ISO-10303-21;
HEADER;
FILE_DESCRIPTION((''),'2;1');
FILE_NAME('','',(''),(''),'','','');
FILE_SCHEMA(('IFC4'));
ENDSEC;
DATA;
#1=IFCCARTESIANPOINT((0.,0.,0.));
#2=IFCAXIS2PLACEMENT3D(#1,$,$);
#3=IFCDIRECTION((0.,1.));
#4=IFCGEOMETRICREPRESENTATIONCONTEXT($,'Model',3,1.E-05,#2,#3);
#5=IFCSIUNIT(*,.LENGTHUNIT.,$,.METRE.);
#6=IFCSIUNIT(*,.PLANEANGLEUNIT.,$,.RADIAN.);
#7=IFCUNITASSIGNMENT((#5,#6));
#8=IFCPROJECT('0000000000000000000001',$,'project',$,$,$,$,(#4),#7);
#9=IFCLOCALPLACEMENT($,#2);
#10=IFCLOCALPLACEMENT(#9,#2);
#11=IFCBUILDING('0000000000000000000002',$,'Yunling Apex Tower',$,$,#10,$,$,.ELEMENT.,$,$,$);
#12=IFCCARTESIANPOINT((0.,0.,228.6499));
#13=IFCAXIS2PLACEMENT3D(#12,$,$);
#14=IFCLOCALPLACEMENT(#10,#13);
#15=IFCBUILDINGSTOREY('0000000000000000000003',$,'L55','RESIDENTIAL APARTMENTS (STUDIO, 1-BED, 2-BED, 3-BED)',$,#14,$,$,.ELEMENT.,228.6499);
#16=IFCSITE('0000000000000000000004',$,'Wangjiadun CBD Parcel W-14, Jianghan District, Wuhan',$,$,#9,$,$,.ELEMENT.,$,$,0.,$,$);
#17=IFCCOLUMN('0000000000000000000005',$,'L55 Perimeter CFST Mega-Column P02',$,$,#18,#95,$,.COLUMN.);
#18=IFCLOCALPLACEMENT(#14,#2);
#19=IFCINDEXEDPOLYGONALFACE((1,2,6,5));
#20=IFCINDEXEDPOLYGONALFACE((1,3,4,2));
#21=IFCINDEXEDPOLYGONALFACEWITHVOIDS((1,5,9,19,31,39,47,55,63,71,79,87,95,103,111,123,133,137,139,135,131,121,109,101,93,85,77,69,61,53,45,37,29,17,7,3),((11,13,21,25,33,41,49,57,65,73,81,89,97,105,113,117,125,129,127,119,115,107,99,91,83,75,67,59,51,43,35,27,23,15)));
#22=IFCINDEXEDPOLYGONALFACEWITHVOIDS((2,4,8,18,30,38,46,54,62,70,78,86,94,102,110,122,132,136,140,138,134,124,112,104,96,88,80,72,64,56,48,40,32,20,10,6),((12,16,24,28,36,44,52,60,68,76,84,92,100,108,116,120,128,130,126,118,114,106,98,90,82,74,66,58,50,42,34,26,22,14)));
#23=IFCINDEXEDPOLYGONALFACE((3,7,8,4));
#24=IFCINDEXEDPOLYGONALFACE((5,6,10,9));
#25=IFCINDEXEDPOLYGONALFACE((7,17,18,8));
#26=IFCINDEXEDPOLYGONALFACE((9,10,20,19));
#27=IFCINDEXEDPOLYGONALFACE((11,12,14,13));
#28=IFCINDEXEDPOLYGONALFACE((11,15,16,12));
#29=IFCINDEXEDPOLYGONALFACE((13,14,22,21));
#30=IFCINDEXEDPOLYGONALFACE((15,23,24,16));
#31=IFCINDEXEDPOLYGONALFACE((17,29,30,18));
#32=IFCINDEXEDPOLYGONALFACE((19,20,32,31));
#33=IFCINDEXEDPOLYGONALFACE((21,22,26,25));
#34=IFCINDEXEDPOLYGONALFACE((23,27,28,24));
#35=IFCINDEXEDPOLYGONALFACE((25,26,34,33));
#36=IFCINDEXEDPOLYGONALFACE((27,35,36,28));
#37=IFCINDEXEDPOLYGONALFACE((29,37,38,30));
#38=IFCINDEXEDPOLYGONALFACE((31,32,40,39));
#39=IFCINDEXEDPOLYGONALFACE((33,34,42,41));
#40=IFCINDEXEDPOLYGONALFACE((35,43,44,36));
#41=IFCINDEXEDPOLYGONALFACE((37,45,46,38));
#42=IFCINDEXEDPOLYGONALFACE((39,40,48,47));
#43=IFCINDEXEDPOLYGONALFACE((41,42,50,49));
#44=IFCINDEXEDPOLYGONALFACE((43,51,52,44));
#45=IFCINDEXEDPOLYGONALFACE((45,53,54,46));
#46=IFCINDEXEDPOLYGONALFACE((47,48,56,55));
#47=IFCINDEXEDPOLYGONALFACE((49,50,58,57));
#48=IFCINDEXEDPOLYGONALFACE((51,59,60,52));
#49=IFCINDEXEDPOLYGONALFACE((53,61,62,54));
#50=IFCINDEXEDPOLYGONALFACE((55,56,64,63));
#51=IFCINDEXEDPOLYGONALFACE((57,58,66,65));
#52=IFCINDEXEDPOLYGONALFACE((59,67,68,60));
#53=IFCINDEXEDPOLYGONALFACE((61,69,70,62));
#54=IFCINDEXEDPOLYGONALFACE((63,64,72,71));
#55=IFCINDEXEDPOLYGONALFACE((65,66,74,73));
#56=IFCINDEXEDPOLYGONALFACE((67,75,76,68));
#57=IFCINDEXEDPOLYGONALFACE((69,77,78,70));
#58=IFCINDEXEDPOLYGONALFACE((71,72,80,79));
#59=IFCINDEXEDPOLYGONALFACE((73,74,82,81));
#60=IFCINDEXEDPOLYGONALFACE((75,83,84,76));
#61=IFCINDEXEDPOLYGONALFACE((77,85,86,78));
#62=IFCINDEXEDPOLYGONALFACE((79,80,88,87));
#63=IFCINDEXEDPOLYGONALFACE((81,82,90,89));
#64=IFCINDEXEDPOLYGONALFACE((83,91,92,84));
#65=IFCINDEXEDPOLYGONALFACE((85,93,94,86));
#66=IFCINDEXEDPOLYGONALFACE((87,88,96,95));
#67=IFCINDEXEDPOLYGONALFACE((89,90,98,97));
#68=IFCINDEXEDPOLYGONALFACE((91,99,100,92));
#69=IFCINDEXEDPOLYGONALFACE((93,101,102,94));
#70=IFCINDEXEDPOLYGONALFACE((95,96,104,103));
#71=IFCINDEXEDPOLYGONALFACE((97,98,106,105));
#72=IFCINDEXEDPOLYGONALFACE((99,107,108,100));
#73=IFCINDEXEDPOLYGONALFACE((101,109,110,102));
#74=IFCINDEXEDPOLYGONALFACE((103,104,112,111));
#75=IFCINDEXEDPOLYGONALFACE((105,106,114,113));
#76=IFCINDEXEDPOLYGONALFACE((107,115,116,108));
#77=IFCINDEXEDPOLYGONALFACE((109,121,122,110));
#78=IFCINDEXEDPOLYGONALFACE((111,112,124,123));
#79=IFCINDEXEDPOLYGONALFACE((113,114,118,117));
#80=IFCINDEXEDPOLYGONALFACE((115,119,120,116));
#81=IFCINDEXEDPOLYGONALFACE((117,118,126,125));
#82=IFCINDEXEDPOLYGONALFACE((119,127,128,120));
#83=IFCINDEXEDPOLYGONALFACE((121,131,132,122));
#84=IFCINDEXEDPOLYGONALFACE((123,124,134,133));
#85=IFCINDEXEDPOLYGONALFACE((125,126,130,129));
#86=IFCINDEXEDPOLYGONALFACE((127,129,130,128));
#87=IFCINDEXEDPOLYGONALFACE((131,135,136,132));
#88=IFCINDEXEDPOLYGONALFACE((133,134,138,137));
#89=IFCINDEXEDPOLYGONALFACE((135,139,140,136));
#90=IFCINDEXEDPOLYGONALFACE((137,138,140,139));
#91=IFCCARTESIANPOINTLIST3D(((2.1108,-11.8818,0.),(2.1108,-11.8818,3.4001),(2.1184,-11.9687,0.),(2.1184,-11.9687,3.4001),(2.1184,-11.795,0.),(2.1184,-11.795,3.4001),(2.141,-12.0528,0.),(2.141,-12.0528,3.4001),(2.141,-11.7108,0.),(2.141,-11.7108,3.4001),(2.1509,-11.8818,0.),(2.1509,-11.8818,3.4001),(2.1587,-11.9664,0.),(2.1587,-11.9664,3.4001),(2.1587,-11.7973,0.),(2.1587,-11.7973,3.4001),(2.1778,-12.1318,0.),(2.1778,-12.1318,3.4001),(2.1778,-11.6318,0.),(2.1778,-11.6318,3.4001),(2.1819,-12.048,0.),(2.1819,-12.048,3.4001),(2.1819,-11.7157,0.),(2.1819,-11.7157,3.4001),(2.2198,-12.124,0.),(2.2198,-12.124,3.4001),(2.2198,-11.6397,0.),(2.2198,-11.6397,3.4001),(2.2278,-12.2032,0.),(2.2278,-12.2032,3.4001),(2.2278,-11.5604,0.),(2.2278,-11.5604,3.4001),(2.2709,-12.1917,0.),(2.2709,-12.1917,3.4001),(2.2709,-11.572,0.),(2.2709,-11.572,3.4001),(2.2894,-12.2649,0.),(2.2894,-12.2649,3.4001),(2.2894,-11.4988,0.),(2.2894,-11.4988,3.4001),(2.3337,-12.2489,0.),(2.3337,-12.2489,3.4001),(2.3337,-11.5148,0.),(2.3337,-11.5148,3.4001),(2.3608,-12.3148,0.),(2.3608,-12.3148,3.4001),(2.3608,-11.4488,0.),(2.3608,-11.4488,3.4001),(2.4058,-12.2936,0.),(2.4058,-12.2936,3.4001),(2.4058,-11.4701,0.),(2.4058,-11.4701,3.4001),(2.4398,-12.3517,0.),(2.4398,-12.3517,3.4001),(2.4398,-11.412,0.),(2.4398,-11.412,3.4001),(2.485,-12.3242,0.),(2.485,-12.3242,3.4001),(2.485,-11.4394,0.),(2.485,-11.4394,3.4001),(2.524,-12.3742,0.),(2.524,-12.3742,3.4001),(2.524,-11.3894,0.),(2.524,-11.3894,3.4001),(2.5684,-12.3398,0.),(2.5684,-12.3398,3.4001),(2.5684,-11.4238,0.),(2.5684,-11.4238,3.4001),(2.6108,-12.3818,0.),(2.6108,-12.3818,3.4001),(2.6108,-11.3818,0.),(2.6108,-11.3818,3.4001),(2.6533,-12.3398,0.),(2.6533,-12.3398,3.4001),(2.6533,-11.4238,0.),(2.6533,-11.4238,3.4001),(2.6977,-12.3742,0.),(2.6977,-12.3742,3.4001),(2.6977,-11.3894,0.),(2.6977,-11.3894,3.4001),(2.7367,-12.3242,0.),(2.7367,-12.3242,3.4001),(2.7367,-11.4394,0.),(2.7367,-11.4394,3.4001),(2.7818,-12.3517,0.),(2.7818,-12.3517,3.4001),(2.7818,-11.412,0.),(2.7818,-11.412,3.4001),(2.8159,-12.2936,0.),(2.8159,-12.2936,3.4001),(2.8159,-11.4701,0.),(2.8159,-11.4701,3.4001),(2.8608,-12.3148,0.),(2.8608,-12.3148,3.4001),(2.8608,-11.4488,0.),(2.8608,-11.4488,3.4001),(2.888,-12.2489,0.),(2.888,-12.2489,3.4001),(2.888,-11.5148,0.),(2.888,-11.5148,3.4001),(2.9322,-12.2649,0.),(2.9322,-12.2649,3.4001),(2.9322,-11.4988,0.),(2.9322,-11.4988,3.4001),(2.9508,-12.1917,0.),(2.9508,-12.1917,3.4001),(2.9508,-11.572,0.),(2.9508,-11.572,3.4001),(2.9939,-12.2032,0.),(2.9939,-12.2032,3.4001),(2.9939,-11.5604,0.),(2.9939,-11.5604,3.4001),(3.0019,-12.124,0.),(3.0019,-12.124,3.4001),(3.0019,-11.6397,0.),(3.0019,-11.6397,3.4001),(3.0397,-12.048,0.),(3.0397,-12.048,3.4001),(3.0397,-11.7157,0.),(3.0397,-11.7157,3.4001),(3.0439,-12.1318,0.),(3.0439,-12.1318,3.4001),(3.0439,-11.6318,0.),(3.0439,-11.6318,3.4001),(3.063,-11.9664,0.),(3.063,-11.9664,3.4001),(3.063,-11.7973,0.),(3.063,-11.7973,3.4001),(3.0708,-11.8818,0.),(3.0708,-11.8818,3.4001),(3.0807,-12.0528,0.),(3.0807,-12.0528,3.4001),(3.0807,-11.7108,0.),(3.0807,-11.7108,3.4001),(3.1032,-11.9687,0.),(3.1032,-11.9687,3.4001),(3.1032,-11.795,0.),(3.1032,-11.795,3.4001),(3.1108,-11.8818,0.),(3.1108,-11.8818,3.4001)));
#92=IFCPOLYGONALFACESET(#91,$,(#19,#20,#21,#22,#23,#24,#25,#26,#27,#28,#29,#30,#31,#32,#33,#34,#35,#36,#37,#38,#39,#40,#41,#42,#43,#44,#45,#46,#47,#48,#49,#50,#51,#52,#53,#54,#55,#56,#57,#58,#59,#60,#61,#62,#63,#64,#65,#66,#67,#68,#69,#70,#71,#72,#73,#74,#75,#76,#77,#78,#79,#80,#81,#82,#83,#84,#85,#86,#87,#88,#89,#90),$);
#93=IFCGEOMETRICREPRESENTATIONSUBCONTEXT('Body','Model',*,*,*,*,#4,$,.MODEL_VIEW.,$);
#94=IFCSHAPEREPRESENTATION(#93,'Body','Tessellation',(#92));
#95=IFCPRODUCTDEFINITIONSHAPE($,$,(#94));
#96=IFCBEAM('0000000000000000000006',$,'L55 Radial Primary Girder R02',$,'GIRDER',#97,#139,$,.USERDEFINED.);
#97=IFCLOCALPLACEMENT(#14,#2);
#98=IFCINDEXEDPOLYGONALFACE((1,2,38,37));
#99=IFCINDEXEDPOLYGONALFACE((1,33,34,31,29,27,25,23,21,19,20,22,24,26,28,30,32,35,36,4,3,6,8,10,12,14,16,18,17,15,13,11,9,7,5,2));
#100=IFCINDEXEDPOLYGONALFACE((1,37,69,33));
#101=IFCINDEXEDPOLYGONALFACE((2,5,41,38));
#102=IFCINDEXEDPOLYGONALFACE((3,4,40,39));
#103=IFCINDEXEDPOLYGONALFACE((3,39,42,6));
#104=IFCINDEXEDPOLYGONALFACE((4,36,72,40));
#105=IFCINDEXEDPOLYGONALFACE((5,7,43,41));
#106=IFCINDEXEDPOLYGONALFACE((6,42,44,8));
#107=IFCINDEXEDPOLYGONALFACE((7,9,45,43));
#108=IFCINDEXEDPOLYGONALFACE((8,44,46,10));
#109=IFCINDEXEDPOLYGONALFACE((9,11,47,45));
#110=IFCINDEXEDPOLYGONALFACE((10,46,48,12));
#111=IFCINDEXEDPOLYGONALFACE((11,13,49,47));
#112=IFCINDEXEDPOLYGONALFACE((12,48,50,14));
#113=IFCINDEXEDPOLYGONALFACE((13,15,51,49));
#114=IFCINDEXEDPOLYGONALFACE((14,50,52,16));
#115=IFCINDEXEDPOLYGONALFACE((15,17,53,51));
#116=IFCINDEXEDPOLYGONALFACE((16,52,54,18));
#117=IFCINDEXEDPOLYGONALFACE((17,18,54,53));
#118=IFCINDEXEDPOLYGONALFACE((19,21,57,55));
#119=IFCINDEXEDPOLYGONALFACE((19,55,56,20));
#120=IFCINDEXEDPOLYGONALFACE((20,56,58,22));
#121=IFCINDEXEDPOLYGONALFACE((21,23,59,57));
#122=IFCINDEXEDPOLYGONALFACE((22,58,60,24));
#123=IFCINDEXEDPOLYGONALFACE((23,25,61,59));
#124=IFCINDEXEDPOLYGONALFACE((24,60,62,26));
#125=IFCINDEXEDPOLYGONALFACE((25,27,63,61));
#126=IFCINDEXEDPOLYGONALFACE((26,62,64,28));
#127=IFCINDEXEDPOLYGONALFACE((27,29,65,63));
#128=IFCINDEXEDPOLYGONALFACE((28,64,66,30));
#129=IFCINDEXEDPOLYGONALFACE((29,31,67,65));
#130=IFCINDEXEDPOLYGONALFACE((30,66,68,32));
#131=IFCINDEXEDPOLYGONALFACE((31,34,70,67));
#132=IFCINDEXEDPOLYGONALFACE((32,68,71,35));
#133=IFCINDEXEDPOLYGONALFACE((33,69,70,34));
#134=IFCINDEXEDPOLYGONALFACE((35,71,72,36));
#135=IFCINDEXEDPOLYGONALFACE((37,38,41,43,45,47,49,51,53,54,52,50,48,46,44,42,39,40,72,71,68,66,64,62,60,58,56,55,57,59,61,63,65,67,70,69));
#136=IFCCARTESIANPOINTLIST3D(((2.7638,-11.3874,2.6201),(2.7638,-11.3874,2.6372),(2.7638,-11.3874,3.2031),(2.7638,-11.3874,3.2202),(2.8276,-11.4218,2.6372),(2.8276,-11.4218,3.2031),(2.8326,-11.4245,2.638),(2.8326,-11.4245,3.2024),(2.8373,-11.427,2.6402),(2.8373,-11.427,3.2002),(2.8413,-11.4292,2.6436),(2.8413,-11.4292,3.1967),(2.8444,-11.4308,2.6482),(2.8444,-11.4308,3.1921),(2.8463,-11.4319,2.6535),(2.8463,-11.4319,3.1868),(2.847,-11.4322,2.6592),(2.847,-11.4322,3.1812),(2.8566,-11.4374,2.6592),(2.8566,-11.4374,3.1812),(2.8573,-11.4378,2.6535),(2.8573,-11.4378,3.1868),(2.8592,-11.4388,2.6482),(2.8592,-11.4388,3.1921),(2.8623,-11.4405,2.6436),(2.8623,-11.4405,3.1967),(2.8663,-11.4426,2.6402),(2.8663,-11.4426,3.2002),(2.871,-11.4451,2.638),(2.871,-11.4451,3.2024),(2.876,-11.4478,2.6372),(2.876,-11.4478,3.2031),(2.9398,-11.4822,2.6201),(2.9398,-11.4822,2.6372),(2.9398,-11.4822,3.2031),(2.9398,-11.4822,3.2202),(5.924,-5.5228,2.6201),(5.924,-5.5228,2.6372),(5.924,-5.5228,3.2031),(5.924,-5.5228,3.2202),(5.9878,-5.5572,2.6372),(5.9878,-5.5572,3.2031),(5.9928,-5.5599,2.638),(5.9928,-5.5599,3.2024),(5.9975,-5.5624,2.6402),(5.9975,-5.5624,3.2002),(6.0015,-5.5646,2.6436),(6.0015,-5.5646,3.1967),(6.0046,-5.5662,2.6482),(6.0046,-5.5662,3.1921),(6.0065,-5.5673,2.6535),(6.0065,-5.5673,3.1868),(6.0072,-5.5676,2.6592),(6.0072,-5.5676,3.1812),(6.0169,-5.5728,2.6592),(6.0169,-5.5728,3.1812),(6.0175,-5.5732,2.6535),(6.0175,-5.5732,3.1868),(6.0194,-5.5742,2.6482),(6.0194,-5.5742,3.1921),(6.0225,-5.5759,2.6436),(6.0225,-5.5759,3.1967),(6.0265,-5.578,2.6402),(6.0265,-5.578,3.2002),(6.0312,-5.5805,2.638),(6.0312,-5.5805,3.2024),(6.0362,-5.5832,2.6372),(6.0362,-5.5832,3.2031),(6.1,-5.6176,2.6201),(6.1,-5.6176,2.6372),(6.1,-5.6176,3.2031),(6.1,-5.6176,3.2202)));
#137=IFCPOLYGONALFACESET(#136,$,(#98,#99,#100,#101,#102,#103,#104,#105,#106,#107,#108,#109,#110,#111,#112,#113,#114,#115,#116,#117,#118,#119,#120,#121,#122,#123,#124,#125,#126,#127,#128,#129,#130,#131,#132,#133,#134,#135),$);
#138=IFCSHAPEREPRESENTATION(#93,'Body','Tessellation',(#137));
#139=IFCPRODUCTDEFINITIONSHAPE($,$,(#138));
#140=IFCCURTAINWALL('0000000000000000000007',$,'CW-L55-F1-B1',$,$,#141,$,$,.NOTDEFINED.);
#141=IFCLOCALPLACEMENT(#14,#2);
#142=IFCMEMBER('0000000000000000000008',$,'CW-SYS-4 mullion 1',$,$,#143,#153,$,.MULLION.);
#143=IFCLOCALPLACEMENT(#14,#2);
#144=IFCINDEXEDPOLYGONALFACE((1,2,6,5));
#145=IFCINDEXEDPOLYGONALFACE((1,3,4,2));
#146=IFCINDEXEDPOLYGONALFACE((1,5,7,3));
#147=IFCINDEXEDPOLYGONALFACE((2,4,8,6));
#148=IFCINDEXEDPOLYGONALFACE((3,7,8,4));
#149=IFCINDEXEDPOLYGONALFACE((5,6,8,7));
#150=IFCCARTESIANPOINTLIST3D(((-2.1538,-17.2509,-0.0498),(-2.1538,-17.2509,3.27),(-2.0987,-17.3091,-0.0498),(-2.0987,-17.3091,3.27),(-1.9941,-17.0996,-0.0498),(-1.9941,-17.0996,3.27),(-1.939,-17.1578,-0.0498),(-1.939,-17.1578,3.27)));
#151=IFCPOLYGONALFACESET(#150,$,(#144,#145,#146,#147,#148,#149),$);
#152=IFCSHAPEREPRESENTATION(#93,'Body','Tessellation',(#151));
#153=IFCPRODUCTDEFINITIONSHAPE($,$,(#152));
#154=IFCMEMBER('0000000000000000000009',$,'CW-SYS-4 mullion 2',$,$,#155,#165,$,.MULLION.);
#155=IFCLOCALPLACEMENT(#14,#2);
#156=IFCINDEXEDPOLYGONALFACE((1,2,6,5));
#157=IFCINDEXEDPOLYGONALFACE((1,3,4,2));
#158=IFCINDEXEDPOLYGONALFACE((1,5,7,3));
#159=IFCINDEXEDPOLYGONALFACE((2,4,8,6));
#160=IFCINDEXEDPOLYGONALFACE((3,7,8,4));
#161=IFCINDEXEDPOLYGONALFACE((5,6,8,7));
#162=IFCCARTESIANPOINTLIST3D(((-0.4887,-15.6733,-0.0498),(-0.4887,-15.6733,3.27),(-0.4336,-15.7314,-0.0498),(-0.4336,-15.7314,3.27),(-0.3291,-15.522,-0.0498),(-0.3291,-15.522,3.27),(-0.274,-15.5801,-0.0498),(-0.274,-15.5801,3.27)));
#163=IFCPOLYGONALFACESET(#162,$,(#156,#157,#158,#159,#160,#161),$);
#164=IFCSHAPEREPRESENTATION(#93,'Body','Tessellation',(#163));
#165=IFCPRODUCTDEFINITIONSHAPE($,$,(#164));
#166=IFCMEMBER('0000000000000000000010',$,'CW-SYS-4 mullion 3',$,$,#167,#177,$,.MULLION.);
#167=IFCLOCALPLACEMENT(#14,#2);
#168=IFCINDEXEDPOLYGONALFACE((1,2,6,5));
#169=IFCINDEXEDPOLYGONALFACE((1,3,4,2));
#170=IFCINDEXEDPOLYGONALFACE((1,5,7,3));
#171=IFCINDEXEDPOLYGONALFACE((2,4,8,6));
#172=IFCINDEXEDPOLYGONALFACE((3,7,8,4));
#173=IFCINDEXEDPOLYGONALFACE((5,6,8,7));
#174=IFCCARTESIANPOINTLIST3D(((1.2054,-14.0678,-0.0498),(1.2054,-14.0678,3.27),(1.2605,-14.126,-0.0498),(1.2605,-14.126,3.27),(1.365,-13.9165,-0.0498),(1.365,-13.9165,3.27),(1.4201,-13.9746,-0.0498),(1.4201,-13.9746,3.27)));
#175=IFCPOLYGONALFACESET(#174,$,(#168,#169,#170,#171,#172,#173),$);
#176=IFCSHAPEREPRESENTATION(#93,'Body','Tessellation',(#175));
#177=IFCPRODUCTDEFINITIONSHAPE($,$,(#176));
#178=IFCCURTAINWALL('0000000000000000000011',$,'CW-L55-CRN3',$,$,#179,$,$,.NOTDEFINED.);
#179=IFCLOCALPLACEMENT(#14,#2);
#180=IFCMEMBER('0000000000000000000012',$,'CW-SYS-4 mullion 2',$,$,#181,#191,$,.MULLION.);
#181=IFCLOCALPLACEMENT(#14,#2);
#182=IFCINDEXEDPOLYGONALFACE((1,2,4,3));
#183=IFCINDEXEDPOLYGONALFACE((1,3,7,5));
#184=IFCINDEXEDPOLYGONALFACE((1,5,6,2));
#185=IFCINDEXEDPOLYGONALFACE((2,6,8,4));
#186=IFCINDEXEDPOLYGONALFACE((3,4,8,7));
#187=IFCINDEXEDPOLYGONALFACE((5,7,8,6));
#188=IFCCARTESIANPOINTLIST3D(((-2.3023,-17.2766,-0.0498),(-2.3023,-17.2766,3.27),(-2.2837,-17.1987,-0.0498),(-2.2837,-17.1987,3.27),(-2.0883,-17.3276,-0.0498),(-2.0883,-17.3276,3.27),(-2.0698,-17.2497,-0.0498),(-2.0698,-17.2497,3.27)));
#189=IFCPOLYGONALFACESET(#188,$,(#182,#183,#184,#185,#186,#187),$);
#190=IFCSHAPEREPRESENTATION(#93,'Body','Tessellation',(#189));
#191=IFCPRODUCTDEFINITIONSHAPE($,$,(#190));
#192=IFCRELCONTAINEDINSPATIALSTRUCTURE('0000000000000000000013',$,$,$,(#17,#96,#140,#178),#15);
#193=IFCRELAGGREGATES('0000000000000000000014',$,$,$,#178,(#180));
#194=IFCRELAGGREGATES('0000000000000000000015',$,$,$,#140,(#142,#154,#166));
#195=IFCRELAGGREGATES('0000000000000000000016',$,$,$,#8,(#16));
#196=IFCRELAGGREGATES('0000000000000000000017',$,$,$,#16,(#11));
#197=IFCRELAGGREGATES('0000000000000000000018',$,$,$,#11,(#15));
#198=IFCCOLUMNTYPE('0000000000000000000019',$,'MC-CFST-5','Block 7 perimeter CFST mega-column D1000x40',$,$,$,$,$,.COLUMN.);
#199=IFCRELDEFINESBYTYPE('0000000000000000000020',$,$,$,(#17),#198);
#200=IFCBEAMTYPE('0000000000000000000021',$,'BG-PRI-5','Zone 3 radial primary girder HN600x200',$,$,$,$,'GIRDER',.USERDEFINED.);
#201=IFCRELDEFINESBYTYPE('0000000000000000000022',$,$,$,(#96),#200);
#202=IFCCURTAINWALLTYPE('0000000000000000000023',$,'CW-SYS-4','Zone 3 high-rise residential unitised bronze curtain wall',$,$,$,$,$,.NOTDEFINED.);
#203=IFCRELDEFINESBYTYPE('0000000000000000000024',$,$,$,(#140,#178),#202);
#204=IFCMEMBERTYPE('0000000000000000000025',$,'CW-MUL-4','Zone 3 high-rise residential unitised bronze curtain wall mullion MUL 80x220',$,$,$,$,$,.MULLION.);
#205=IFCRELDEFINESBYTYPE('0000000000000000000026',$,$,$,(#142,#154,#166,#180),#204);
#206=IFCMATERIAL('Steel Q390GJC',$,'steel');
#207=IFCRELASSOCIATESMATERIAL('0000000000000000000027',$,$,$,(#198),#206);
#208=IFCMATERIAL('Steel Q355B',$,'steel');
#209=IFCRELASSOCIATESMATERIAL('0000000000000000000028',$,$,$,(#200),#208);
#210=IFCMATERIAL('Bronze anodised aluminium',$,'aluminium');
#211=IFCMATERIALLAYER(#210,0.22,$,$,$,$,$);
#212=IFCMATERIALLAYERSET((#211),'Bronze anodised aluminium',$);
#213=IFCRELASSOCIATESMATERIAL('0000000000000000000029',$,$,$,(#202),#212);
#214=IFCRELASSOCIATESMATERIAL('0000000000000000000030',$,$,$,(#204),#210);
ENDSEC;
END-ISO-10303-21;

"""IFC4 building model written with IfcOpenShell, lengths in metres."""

from ifc_helpers import new_model, si_unit, direction, frame, origin, origin_2d, place, context, subcontext, project, spatial, rectangle, hollow_circle, i_section, extrude, source, transform, mapped, material, layer, layer_set, material_profile, profile_set, type_object, element, aggregate, save


model = new_model("IFC4")

# Units and contexts
model_context = context("Model", 3, precision=1e-05, world=origin(), true_north=direction((0.0, 1.0)))
body_context = subcontext(model_context, "Body", "Model", "MODEL_VIEW")
ifc_project = project(units=[si_unit("LENGTHUNIT", "METRE"), si_unit("PLANEANGLEUNIT", "RADIAN")], contexts=[model_context])

# Site, building, storey
site_placement = place(None, origin())
site = spatial("IfcSite", under=ifc_project, at=site_placement, Name="Wangjiadun CBD Parcel W-14, Jianghan District, Wuhan", CompositionType="ELEMENT", RefElevation=0.0)
building_placement = place(site_placement, origin())
building = spatial("IfcBuilding", under=site, at=building_placement, Name="Yunling Apex Tower", CompositionType="ELEMENT")
storey_placement = place(building_placement, frame((0.0, 0.0, 228.6499)))
storey = spatial("IfcBuildingStorey", under=building, at=storey_placement, Name="L55", Description="RESIDENTIAL APARTMENTS (STUDIO, 1-BED, 2-BED, 3-BED)", CompositionType="ELEMENT", Elevation=228.6499)

# Column
ifc_material_1 = material(Name="Steel Q390GJC", Category="steel")
ifc_material_profile_1 = material_profile(ifc_material_1, hollow_circle(Radius=0.5, WallThickness=0.04, at=origin_2d()))
ifc_profile_set_1 = profile_set([ifc_material_profile_1], Name="Steel Q390GJC")
column_type = type_object("IfcColumnType", Name="MC-CFST-5", Description="Block 7 perimeter CFST mega-column D1000x40", PredefinedType="COLUMN", material=ifc_profile_set_1)
shared_shape_1 = source(origin(), body_context, "Body", "SweptSolid", [
    extrude(hollow_circle(Radius=0.5, WallThickness=0.04, at=origin_2d()), origin(), (0.0, 0.0, 1.0), 3.4001),
])
column_placement = place(storey_placement, frame((2.6108, -11.8818, 0.0), z_axis=(0.0, 0.0, 1.0), x_axis=(1.0, 0.0, 0.0)))
element("IfcColumn", 1, at=column_placement, inside=storey, type_object=column_type, Name="L55 Perimeter CFST Mega-Column P02", PredefinedType="COLUMN", context=body_context, shape_type="MappedRepresentation", body=[
    mapped(shared_shape_1, transform((0.0, 0.0, 0.0), scale=1.0)),
])

# Beam
ifc_material_2 = material(Name="Steel Q355B", Category="steel")
ifc_material_profile_2 = material_profile(ifc_material_2, i_section(OverallWidth=0.2, OverallDepth=0.6001, WebThickness=0.011, FlangeThickness=0.0171, FilletRadius=0.022, at=origin_2d()))
ifc_profile_set_2 = profile_set([ifc_material_profile_2], Name="Steel Q355B")
beam_type = type_object("IfcBeamType", Name="BG-PRI-5", Description="Zone 3 radial primary girder HN600x200", ElementType="GIRDER", PredefinedType="USERDEFINED", material=ifc_profile_set_2)
shared_shape_2 = source(origin(), body_context, "Body", "SweptSolid", [
    extrude(i_section(OverallWidth=0.2, OverallDepth=0.6001, WebThickness=0.011, FlangeThickness=0.0171, FilletRadius=0.022, at=origin_2d()), origin(), (0.0, 0.0, 1.0), 6.6619),
])
beam_placement = place(storey_placement, frame((2.8518, -11.4348, 2.9202), z_axis=(0.474373, 0.880324, 0.0), x_axis=(-0.880324, 0.474373, 0.0)))
element("IfcBeam", 2, at=beam_placement, inside=storey, type_object=beam_type, Name="L55 Radial Primary Girder R02", ObjectType="GIRDER", PredefinedType="USERDEFINED", context=body_context, shape_type="MappedRepresentation", body=[
    mapped(shared_shape_2, transform((0.0, 0.0, 0.0), scale=1.0)),
])

# Curtain wall, members
ifc_material_3 = material(Name="Bronze anodised aluminium", Category="aluminium")
ifc_layer_1 = layer(ifc_material_3, 0.22)
ifc_layer_set_1 = layer_set([ifc_layer_1], Name="Bronze anodised aluminium")
curtain_wall_type = type_object("IfcCurtainWallType", Name="CW-SYS-4", Description="Zone 3 high-rise residential unitised bronze curtain wall", PredefinedType="NOTDEFINED", material=ifc_layer_set_1)
curtain_wall_1_placement = place(storey_placement, origin())
curtain_wall_1 = element("IfcCurtainWall", 3, at=curtain_wall_1_placement, inside=storey, type_object=curtain_wall_type, Name="CW-L55-F1-B1", PredefinedType="NOTDEFINED")
ifc_material_profile_3 = material_profile(ifc_material_3, rectangle(XDim=0.0801, YDim=0.22, at=origin_2d()))
ifc_profile_set_3 = profile_set([ifc_material_profile_3], Name="Bronze anodised aluminium")
member_type_1 = type_object("IfcMemberType", Name="CW-MUL-4", Description="Zone 3 high-rise residential unitised bronze curtain wall mullion MUL 80x220", PredefinedType="MULLION", material=ifc_profile_set_3)
shared_shape_3 = source(origin(), body_context, "Body", "SweptSolid", [
    extrude(rectangle(XDim=0.0801, YDim=0.22, at=origin_2d()), origin(), (0.0, 0.0, 1.0), 3.3198),
])
member_1_placement = place(storey_placement, frame((-2.0464, -17.2043, -0.0498), z_axis=(0.0, 0.0, 1.0), x_axis=(-0.687848, 0.725855, 0.0)))
member_1 = element("IfcMember", 4, at=member_1_placement, type_object=member_type_1, Name="CW-SYS-4 mullion 1", PredefinedType="MULLION", context=body_context, shape_type="MappedRepresentation", body=[
    mapped(shared_shape_3, transform((0.0, 0.0, 0.0), scale=1.0)),
])
member_2_placement = place(storey_placement, frame((-0.3813, -15.6267, -0.0498), z_axis=(0.0, 0.0, 1.0), x_axis=(-0.687848, 0.725855, 0.0)))
member_2 = element("IfcMember", 5, at=member_2_placement, type_object=member_type_1, Name="CW-SYS-4 mullion 2", PredefinedType="MULLION", context=body_context, shape_type="MappedRepresentation", body=[
    mapped(shared_shape_3, transform((0.0, 0.0, 0.0), scale=1.0)),
])
member_3_placement = place(storey_placement, frame((1.3127, -14.0212, -0.0498), z_axis=(0.0, 0.0, 1.0), x_axis=(-0.687848, 0.725855, 0.0)))
member_3 = element("IfcMember", 6, at=member_3_placement, type_object=member_type_1, Name="CW-SYS-4 mullion 3", PredefinedType="MULLION", context=body_context, shape_type="MappedRepresentation", body=[
    mapped(shared_shape_3, transform((0.0, 0.0, 0.0), scale=1.0)),
])

# Curtain wall, member
curtain_wall_2_placement = place(storey_placement, origin())
curtain_wall_2 = element("IfcCurtainWall", 7, at=curtain_wall_2_placement, inside=storey, type_object=curtain_wall_type, Name="CW-L55-CRN3", PredefinedType="NOTDEFINED")
member_4_placement = place(storey_placement, frame((-2.186, -17.2632, -0.0498), z_axis=(0.0, 0.0, 1.0), x_axis=(0.231809, 0.972761, 0.0)))
member_4 = element("IfcMember", 8, at=member_4_placement, type_object=member_type_1, Name="CW-SYS-4 mullion 2", PredefinedType="MULLION", context=body_context, shape_type="MappedRepresentation", body=[
    mapped(shared_shape_3, transform((0.0, 0.0, 0.0), scale=1.0)),
])
aggregate(curtain_wall_2, [member_4])

aggregate(curtain_wall_1, [member_1, member_2, member_3])

save(model, "model.ifc")
